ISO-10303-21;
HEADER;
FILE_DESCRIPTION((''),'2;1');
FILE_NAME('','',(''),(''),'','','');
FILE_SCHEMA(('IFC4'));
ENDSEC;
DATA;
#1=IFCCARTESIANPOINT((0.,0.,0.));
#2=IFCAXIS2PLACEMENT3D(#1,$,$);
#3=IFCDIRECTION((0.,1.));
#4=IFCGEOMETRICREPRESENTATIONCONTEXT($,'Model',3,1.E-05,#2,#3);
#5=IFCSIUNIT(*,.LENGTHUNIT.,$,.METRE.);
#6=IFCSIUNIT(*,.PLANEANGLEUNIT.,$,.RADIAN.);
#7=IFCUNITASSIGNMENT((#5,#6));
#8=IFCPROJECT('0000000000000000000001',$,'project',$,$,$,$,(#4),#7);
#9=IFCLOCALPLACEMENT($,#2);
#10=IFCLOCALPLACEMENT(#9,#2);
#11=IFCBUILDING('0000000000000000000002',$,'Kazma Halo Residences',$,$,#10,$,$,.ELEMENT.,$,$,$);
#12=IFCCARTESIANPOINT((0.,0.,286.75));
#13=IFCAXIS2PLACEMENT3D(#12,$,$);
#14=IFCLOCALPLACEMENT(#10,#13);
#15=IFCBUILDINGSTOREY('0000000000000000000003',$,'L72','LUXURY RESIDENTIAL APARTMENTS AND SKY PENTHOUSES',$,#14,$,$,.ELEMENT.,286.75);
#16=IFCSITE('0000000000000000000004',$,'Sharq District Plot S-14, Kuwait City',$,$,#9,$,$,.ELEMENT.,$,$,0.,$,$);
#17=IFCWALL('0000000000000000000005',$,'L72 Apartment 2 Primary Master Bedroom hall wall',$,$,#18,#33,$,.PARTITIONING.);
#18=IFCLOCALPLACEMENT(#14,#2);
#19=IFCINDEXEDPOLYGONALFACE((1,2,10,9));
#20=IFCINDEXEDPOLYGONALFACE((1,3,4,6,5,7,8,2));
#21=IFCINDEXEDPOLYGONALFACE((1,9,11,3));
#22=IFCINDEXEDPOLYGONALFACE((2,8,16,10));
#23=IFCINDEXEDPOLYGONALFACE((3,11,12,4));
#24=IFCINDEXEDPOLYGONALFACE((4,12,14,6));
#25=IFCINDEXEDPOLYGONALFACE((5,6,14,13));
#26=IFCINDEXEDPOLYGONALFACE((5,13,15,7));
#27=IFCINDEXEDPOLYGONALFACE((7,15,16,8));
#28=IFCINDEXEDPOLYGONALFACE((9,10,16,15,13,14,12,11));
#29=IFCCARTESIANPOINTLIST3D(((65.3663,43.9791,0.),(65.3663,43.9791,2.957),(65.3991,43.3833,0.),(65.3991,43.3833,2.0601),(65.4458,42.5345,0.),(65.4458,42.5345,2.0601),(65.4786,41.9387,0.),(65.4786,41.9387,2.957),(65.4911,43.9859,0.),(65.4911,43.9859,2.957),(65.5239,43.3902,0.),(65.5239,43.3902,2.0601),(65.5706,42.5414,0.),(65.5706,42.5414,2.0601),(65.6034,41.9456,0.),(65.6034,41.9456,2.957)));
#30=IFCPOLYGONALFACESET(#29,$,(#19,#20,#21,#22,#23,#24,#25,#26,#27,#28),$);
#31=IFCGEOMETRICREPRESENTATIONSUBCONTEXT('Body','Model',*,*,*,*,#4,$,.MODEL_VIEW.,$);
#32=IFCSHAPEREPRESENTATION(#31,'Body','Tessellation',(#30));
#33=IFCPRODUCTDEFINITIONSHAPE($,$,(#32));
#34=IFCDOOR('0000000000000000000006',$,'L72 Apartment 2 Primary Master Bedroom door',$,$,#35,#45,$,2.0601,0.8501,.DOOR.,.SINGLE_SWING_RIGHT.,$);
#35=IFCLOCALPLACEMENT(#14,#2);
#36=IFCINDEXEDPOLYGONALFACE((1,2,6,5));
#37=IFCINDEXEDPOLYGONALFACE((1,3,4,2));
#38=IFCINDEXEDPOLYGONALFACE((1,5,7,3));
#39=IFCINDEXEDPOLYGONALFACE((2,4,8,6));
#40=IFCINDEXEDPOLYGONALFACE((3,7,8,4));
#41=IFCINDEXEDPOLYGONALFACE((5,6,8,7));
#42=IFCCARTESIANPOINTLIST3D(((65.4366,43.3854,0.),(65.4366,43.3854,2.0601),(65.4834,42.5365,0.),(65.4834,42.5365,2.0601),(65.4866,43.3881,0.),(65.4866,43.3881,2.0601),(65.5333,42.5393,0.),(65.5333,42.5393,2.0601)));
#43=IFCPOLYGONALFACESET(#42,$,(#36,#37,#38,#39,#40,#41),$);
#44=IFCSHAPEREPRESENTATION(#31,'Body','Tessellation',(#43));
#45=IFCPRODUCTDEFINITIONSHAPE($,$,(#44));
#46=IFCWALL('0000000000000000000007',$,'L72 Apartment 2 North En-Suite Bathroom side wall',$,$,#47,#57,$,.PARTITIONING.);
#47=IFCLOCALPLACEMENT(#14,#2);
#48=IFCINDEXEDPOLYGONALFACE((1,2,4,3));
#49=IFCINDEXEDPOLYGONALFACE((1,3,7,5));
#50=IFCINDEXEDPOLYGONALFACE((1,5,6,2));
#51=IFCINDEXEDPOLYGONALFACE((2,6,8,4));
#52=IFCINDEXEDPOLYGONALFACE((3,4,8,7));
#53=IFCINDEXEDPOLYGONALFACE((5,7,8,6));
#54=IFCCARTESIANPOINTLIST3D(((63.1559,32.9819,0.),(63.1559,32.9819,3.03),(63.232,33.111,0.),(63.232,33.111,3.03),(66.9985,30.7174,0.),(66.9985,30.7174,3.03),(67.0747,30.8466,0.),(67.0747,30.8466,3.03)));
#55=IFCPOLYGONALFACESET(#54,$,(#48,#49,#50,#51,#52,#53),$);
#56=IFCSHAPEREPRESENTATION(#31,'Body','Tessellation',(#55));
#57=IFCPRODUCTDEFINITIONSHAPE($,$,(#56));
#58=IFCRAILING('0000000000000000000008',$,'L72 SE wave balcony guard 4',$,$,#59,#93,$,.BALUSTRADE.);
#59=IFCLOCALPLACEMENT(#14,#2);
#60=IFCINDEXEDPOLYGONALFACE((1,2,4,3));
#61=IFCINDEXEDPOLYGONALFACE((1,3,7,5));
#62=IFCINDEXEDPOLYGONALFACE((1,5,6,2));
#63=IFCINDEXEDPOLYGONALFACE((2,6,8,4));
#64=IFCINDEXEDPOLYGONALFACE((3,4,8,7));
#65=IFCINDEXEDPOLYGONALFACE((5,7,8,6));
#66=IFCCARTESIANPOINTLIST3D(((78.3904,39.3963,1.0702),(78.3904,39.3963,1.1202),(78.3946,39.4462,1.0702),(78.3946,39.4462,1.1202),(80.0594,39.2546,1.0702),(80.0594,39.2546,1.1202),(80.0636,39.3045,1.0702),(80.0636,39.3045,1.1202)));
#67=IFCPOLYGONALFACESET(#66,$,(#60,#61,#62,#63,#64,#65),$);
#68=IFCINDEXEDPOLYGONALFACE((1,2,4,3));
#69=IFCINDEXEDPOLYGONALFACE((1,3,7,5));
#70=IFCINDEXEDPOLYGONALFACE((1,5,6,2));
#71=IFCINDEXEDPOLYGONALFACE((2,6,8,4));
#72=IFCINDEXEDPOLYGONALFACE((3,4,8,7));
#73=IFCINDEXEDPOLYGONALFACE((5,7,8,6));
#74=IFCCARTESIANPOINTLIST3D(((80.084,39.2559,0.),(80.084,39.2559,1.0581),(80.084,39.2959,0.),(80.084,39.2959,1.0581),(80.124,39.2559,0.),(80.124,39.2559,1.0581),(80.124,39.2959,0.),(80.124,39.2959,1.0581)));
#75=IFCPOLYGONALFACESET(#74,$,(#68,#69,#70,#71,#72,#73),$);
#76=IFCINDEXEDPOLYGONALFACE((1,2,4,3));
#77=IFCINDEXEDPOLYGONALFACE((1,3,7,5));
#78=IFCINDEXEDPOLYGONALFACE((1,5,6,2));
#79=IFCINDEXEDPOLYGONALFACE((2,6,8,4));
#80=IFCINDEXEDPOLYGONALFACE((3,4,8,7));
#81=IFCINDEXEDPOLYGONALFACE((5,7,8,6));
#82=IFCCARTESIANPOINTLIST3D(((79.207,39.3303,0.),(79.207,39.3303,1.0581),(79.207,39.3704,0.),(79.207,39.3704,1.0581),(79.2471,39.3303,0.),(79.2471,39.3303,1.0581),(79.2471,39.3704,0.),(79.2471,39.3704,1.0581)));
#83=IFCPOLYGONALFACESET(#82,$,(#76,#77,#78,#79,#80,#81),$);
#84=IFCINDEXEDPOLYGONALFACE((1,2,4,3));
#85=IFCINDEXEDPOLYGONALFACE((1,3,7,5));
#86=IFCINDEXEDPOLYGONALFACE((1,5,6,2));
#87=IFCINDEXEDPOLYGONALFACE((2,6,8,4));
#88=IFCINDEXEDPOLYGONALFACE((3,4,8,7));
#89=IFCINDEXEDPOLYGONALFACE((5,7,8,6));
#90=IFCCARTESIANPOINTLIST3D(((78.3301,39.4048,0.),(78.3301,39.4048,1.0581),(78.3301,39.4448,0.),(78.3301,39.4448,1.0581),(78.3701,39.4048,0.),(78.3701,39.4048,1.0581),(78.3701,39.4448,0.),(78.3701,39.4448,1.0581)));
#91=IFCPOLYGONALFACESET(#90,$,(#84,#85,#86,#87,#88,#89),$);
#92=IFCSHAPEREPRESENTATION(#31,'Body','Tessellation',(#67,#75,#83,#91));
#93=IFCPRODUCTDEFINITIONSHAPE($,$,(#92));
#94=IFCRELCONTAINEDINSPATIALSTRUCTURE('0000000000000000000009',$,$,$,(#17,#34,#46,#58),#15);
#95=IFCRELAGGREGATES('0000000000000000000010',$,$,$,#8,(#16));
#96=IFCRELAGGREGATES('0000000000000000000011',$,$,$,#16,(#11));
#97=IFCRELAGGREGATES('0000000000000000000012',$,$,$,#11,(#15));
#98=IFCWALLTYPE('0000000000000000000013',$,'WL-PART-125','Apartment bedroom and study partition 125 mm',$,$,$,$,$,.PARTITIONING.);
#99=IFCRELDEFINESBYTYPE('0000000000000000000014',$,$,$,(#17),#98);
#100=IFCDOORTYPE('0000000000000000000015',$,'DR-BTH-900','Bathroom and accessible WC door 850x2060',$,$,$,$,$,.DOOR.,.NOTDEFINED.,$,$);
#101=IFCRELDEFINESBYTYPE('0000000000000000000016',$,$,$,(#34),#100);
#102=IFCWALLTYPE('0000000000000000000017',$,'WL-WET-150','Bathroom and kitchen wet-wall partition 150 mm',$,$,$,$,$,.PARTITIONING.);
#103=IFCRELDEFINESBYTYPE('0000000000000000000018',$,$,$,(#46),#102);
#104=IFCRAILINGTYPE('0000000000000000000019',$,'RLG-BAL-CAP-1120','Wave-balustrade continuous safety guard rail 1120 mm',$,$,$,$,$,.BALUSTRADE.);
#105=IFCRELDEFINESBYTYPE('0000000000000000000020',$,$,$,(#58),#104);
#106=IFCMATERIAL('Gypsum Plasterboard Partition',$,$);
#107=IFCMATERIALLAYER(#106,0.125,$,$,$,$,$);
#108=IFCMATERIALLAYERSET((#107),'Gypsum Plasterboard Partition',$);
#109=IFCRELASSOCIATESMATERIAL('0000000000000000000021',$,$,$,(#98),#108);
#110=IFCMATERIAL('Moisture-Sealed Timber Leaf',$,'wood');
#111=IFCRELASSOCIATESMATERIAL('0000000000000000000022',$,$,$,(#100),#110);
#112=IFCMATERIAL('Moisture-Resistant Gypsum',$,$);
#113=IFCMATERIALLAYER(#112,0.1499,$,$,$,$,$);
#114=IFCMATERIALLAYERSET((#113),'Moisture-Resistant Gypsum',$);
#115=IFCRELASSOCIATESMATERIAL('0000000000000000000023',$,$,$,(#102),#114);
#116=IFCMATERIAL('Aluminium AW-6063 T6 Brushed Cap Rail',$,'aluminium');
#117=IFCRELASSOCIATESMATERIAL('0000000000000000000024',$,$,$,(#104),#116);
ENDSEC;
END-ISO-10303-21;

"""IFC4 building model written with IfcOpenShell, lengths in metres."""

from ifc_helpers import new_model, si_unit, direction, frame, frame_2d, origin, origin_2d, place, context, subcontext, project, spatial, rectangle, extrude, material, layer, layer_set, type_object, element, fill, save


model = new_model("IFC4")

# Units and contexts
model_context = context("Model", 3, precision=1e-05, world=origin(), true_north=direction((0.0, 1.0)))
body_context = subcontext(model_context, "Body", "Model", "MODEL_VIEW")
ifc_project = project(units=[si_unit("LENGTHUNIT", "METRE"), si_unit("PLANEANGLEUNIT", "RADIAN")], contexts=[model_context])

# Site, building, storey
site_placement = place(None, origin())
site = spatial("IfcSite", under=ifc_project, at=site_placement, Name="Sharq District Plot S-14, Kuwait City", CompositionType="ELEMENT", RefElevation=0.0)
building_placement = place(site_placement, origin())
building = spatial("IfcBuilding", under=site, at=building_placement, Name="Kazma Halo Residences", CompositionType="ELEMENT")
storey_placement = place(building_placement, frame((0.0, 0.0, 286.75)))
storey = spatial("IfcBuildingStorey", under=building, at=storey_placement, Name="L72", Description="LUXURY RESIDENTIAL APARTMENTS AND SKY PENTHOUSES", CompositionType="ELEMENT", Elevation=286.75)

# Shared definitions
ifc_material_1 = material(Name="Gypsum Plasterboard Partition")
ifc_layer_1 = layer(ifc_material_1, 0.125)
ifc_layer_set_1 = layer_set([ifc_layer_1], Name="Gypsum Plasterboard Partition")
wall_type_1 = type_object("IfcWallType", Name="WL-PART-125", Description="Apartment bedroom and study partition 125 mm", PredefinedType="PARTITIONING", material=ifc_layer_set_1)

# Shared definitions
ifc_material_2 = material(Name="Moisture-Sealed Timber Leaf", Category="wood")
door_type = type_object("IfcDoorType", Name="DR-BTH-900", Description="Bathroom and accessible WC door 850x2060", OperationType="NOTDEFINED", PredefinedType="DOOR", material=ifc_material_2)

# Wall, opening, door
wall_1_placement = place(storey_placement, frame((65.541, 41.9421, 0.0), z_axis=(0.0, 0.0, 1.0), x_axis=(-0.05496, 0.998489, 0.0)))
wall_1 = element("IfcWall", 1, at=wall_1_placement, inside=storey, type_object=wall_type_1, Name="L72 Apartment 2 Primary Master Bedroom hall wall", PredefinedType="PARTITIONING", context=body_context, shape_type="SweptSolid", body=[
    extrude(rectangle(XDim=2.0435, YDim=0.125, at=frame_2d((1.0217, 0.0))), origin(), (0.0, 0.0, 1.0), 2.957),
])
opening_1_placement = place(wall_1_placement, frame((0.5967, 0.0, 0.0)))
opening_1 = element("IfcOpeningElement", 2, at=opening_1_placement, cuts=wall_1, PredefinedType="OPENING", context=body_context, shape_type="SweptSolid", body=[
    extrude(rectangle(XDim=0.8501, YDim=2.0601, at=frame_2d((0.425, 1.03))), frame((0.0, 0.0725, 0.0), z_axis=(0.0, -1.0, 0.0), x_axis=(1.0, 0.0, 0.0)), (0.0, 0.0, 1.0), 0.145),
])
door_1_placement = place(opening_1_placement, origin())
door_1 = element("IfcDoor", 3, at=door_1_placement, inside=storey, type_object=door_type, Name="L72 Apartment 2 Primary Master Bedroom door", OperationType="SINGLE_SWING_RIGHT", OverallHeight=2.0601, OverallWidth=0.8501, PredefinedType="DOOR", context=body_context, shape_type="SweptSolid", body=[
    extrude(rectangle(XDim=0.8501, YDim=2.0601, at=frame_2d((0.425, 1.03))), frame((0.0, 0.0249, 0.0), z_axis=(0.0, -1.0, 0.0), x_axis=(1.0, 0.0, 0.0)), (0.0, 0.0, 1.0), 0.05),
])
fill(opening_1, door_1)

# Wall
ifc_material_3 = material(Name="Moisture-Resistant Gypsum")
ifc_layer_2 = layer(ifc_material_3, 0.1499)
ifc_layer_set_2 = layer_set([ifc_layer_2], Name="Moisture-Resistant Gypsum")
wall_type_2 = type_object("IfcWallType", Name="WL-WET-150", Description="Bathroom and kitchen wet-wall partition 150 mm", PredefinedType="PARTITIONING", material=ifc_layer_set_2)
wall_2_placement = place(storey_placement, frame((63.1941, 33.0464, 0.0), z_axis=(0.0, 0.0, 1.0), x_axis=(0.861533, -0.507702, 0.0)))
element("IfcWall", 4, at=wall_2_placement, inside=storey, type_object=wall_type_2, Name="L72 Apartment 2 North En-Suite Bathroom side wall", PredefinedType="PARTITIONING", context=body_context, shape_type="SweptSolid", body=[
    extrude(rectangle(XDim=4.4602, YDim=0.1499, at=frame_2d((2.23, 0.0))), origin(), (0.0, 0.0, 1.0), 3.03),
])

# Railing
ifc_material_4 = material(Name="Aluminium AW-6063 T6 Brushed Cap Rail", Category="aluminium")
railing_type = type_object("IfcRailingType", Name="RLG-BAL-CAP-1120", Description="Wave-balustrade continuous safety guard rail 1120 mm", PredefinedType="BALUSTRADE", material=ifc_material_4)
railing_placement = place(storey_placement, frame((80.104, 39.2759, 0.0)))
element("IfcRailing", 5, at=railing_placement, inside=storey, type_object=railing_type, Name="L72 SE wave balcony guard 4", PredefinedType="BALUSTRADE", context=body_context, shape_type="SweptSolid", body=[
    extrude(rectangle(XDim=0.05, YDim=0.05, at=origin_2d()), frame((-0.0425, 0.0037, 1.0952), z_axis=(-0.996414, 0.084606, 0.0), x_axis=(-0.084606, -0.996414, 0.0)), (0.0, 0.0, 1.0), 1.675),
    extrude(rectangle(XDim=0.04, YDim=0.04, at=origin_2d()), origin(), (0.0, 0.0, 1.0), 1.0581),
    extrude(rectangle(XDim=0.04, YDim=0.04, at=origin_2d()), frame((-0.877, 0.0745, 0.0)), (0.0, 0.0, 1.0), 1.0581),
    extrude(rectangle(XDim=0.04, YDim=0.04, at=origin_2d()), frame((-1.7539, 0.1489, 0.0)), (0.0, 0.0, 1.0), 1.0581),
])

save(model, "model.ifc")
